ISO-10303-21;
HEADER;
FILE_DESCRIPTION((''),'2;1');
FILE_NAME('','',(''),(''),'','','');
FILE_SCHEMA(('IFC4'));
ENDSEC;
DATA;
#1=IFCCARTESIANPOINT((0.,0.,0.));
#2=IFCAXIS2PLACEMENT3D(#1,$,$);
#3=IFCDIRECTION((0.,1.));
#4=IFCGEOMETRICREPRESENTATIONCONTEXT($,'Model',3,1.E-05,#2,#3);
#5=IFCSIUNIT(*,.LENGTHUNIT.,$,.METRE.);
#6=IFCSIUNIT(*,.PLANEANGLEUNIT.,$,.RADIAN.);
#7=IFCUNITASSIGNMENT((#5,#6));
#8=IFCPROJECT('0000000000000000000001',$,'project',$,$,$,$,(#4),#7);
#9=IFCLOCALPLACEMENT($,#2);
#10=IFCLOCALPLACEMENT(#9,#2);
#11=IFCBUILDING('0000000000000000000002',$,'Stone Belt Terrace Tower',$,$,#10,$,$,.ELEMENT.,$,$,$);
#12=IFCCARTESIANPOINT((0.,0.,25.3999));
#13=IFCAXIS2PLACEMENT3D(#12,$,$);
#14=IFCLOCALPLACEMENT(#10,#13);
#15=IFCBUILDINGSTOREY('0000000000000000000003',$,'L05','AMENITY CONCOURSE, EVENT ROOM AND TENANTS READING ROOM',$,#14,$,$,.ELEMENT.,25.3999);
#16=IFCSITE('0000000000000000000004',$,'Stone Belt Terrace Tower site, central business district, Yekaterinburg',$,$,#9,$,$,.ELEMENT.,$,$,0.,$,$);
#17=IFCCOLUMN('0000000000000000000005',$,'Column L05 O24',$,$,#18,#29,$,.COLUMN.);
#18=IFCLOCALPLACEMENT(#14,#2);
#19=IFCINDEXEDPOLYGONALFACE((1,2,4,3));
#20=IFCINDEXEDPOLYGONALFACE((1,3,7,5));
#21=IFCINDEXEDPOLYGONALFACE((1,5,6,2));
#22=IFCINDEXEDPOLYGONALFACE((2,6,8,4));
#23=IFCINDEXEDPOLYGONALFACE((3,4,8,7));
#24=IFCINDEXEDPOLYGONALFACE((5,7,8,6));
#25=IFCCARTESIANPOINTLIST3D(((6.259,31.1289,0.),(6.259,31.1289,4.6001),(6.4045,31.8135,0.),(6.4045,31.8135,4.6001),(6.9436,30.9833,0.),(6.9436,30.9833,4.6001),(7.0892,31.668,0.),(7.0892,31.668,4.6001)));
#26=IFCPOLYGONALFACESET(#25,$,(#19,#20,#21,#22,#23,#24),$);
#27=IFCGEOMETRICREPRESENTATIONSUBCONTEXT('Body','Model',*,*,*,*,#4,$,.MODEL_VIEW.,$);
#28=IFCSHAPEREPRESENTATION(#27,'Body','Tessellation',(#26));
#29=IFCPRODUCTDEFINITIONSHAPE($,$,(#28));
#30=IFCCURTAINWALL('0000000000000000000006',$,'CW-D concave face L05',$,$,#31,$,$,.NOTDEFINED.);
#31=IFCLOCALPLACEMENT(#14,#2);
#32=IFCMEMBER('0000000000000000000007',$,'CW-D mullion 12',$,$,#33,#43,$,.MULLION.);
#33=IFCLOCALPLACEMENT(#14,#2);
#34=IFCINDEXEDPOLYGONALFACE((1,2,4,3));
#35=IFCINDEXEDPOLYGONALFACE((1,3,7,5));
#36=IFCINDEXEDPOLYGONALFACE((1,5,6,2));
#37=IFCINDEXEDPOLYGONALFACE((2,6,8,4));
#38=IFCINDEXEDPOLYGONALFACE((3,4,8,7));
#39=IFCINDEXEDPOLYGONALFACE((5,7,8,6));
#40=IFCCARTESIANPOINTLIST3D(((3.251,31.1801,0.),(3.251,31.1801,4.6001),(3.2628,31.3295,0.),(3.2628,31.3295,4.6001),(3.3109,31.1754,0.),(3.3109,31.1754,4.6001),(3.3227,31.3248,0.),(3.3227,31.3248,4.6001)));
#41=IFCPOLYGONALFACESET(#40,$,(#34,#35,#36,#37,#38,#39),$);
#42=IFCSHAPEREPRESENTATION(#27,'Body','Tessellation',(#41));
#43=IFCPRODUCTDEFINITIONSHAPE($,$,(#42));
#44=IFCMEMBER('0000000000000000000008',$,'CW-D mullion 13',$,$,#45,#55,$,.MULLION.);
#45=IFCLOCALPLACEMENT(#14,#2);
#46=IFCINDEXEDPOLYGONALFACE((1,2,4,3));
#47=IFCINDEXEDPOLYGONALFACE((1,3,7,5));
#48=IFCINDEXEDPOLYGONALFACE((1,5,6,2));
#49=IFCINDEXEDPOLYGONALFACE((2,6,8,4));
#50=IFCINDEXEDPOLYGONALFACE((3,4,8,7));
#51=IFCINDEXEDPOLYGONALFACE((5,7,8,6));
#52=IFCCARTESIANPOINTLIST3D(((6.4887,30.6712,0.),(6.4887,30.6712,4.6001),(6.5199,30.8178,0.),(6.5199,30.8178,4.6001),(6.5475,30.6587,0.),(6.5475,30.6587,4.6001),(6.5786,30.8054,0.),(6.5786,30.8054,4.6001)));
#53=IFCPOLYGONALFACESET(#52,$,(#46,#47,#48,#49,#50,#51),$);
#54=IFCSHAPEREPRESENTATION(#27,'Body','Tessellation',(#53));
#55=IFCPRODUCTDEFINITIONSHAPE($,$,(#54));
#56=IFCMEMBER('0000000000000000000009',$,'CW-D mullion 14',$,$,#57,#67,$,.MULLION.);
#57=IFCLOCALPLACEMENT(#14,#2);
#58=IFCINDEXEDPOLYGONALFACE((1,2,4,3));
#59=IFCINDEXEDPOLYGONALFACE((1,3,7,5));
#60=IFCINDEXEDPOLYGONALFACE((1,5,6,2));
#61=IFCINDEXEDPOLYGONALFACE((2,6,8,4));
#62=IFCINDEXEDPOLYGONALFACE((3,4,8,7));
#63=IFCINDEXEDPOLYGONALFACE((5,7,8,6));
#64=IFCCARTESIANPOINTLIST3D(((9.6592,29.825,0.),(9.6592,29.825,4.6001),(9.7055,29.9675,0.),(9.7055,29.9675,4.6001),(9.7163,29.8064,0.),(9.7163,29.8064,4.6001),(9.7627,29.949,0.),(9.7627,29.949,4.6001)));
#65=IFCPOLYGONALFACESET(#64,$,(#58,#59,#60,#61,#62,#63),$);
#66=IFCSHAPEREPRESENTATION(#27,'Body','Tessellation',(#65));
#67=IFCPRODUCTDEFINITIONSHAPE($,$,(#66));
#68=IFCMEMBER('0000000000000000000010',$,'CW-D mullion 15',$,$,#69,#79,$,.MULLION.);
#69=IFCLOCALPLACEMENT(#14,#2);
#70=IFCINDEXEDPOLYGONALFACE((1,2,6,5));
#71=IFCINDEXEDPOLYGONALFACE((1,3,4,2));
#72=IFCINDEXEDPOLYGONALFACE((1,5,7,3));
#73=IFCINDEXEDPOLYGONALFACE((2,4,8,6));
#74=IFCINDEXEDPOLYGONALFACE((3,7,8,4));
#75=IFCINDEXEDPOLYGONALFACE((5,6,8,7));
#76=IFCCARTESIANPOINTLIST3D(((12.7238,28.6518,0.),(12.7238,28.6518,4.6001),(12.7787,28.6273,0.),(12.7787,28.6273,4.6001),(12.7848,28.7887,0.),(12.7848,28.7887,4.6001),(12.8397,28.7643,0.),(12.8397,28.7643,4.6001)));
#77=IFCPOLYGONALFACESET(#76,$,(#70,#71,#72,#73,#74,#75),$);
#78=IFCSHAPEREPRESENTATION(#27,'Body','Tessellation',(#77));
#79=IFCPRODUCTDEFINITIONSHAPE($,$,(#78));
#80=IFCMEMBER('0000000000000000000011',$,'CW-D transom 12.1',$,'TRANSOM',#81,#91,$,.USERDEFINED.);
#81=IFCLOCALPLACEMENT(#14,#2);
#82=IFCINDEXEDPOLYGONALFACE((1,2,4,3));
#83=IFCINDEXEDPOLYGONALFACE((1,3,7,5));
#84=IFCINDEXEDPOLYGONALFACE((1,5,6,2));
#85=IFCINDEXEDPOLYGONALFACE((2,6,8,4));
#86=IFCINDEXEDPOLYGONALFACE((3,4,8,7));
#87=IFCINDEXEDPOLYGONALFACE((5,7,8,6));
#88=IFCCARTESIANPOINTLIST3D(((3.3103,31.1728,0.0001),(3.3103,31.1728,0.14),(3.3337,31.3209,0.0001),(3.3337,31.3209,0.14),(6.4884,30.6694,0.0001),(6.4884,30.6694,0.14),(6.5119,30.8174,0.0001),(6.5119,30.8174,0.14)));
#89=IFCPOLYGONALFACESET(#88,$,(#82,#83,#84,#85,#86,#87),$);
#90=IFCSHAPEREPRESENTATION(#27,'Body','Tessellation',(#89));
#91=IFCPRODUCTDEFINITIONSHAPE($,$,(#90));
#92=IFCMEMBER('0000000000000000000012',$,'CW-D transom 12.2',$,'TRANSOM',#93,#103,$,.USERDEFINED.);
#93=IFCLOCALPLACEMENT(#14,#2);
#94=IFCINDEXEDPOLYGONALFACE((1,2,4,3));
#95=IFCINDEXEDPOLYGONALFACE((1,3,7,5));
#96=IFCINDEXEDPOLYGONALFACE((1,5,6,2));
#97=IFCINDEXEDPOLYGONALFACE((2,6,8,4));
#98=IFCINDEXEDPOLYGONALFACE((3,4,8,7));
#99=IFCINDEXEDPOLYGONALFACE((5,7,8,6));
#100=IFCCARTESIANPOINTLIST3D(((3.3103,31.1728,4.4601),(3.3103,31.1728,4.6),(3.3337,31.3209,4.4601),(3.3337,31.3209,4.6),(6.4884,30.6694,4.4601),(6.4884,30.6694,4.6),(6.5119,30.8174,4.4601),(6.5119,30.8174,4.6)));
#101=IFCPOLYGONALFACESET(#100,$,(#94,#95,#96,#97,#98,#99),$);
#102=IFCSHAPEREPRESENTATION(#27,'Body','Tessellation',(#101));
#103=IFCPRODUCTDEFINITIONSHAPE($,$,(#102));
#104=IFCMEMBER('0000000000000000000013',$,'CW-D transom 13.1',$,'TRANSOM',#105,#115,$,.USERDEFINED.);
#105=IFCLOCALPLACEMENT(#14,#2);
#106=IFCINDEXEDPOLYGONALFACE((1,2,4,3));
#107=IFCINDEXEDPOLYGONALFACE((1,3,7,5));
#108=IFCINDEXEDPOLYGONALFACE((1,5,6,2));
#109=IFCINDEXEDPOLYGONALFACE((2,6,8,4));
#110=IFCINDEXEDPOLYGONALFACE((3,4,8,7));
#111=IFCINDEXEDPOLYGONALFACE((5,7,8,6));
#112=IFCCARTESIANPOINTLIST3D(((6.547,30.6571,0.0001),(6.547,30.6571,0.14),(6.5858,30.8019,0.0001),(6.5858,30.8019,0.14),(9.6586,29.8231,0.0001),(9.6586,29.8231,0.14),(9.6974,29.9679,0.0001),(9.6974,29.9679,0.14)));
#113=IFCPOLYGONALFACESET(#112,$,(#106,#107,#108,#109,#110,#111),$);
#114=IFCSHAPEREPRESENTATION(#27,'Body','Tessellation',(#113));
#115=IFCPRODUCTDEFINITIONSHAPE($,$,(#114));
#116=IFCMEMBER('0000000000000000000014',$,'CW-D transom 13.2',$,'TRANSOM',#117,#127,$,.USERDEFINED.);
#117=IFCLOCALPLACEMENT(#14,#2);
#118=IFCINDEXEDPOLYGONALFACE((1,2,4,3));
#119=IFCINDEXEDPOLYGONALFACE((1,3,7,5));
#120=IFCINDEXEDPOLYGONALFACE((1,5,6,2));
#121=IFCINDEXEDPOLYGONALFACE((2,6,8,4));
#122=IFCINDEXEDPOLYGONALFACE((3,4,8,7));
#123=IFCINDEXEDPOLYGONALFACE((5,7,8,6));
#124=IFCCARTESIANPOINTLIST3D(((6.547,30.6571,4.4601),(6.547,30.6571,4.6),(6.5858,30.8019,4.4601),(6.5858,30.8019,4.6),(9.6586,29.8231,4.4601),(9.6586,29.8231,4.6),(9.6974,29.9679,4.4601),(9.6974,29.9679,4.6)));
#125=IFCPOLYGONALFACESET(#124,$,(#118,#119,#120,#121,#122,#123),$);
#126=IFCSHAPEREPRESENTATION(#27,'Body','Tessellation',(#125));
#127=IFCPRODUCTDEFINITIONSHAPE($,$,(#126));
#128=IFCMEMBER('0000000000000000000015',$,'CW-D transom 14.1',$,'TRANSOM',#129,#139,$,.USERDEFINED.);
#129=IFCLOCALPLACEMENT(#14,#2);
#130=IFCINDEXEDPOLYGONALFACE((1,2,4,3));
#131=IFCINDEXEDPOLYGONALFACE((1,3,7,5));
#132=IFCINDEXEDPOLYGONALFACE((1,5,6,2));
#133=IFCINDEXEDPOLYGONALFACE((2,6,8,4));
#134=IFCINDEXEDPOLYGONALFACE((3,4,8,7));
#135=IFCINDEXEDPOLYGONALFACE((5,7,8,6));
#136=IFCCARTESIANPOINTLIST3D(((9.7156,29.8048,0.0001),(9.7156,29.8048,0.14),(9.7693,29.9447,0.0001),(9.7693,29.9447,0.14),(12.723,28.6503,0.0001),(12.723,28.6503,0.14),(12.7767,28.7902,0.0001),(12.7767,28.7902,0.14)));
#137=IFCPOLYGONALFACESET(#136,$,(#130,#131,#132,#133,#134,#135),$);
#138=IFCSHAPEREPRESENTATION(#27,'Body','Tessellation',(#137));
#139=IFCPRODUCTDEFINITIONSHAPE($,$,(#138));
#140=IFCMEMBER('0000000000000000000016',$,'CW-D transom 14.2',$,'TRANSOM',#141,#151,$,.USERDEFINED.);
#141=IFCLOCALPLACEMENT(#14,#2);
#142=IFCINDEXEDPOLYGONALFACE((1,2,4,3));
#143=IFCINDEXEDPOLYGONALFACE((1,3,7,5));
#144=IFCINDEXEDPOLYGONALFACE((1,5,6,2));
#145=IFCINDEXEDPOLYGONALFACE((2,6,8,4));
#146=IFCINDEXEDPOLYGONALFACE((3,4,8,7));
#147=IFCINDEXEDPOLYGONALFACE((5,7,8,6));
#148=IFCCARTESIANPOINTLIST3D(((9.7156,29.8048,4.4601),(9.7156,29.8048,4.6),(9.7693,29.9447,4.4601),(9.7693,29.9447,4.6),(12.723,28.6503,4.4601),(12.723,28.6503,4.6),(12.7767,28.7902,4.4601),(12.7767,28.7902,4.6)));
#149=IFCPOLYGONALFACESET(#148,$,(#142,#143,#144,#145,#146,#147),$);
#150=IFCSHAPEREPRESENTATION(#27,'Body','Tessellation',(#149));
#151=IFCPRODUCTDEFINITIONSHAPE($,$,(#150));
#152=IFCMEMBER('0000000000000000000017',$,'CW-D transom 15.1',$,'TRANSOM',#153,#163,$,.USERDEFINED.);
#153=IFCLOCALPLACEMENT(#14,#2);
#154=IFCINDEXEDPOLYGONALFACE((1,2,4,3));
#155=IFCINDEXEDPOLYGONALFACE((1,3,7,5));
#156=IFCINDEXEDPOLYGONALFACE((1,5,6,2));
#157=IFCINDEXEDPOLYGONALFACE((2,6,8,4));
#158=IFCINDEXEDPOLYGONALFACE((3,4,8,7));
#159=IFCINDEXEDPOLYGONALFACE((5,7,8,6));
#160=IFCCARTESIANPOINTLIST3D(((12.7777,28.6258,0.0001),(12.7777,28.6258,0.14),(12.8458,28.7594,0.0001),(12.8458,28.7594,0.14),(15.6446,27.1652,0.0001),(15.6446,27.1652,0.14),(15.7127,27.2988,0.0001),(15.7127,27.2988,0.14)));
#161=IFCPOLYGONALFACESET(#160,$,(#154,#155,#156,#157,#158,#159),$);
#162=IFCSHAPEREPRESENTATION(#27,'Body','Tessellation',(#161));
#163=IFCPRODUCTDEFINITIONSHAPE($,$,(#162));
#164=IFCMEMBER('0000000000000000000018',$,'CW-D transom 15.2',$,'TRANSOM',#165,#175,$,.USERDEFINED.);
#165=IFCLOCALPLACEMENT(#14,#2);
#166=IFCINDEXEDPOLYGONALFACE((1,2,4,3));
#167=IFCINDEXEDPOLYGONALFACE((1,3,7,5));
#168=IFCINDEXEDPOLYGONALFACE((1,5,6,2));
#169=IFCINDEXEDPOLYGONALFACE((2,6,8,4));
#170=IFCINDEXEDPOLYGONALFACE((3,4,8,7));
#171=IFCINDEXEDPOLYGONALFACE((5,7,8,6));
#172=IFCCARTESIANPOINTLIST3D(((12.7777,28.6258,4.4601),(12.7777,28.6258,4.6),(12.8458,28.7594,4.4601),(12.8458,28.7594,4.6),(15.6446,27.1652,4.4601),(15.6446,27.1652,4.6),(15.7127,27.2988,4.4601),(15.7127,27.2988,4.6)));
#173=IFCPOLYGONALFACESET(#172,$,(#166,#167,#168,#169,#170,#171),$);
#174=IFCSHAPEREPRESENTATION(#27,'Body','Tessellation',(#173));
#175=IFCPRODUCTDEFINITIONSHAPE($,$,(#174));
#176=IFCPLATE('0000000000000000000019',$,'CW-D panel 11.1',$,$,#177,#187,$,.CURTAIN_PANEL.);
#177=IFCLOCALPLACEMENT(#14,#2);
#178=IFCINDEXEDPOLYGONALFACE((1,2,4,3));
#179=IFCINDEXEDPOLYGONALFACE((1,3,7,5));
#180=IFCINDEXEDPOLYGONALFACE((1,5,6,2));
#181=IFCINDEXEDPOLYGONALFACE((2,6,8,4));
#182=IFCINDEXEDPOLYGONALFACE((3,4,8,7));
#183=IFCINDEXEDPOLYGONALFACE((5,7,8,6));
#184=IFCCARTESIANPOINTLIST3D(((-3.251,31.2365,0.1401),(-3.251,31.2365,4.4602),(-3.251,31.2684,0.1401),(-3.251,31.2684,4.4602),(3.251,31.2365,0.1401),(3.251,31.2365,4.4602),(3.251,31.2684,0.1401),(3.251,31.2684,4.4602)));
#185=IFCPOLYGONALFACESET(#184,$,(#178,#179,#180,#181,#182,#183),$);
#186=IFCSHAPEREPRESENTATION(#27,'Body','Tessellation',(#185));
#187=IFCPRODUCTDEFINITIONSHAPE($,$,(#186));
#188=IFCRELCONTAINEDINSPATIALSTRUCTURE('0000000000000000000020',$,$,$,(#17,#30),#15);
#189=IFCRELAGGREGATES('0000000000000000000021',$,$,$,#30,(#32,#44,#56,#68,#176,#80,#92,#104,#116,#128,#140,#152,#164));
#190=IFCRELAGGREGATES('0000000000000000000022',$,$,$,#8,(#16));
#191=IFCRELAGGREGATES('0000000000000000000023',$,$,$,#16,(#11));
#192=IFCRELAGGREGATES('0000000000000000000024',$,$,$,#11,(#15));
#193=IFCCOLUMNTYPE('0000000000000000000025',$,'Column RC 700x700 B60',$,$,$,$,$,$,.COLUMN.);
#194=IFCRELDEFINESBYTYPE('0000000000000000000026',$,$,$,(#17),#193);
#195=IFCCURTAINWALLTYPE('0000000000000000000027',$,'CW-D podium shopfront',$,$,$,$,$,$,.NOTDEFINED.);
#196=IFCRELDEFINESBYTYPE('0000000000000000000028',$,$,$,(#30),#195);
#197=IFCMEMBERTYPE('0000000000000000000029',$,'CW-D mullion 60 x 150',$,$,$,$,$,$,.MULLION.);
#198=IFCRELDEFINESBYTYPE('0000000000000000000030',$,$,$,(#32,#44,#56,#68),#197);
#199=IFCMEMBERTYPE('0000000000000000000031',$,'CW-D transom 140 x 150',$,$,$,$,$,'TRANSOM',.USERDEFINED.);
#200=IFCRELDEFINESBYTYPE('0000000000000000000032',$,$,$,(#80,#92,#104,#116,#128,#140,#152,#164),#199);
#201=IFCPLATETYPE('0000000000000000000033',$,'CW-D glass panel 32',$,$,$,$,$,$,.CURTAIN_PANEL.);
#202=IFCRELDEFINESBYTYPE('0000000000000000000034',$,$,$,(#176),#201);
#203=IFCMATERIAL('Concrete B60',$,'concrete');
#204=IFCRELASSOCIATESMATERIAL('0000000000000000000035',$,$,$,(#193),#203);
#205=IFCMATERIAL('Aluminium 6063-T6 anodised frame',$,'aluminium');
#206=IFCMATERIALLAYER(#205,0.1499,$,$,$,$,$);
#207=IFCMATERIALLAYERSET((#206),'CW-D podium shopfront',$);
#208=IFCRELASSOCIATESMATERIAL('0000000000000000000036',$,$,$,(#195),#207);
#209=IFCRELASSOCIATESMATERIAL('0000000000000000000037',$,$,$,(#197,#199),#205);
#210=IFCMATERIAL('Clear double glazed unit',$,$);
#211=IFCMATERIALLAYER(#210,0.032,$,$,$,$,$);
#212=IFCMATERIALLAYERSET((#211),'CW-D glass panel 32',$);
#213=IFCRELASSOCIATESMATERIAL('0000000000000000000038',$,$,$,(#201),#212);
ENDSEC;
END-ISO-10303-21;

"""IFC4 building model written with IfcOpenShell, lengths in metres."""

from ifc_helpers import new_model, si_unit, direction, frame, origin, origin_2d, place, context, subcontext, project, spatial, rectangle, extrude, material, layer, layer_set, material_profile, profile_set, type_object, element, aggregate, save


model = new_model("IFC4")

# Units and contexts
model_context = context("Model", 3, precision=1e-05, world=origin(), true_north=direction((0.0, 1.0)))
body_context = subcontext(model_context, "Body", "Model", "MODEL_VIEW")
ifc_project = project(units=[si_unit("LENGTHUNIT", "METRE"), si_unit("PLANEANGLEUNIT", "RADIAN")], contexts=[model_context])

# Site, building, storey
site_placement = place(None, origin())
site = spatial("IfcSite", under=ifc_project, at=site_placement, Name="Stone Belt Terrace Tower site, central business district, Yekaterinburg", CompositionType="ELEMENT", RefElevation=0.0)
building_placement = place(site_placement, origin())
building = spatial("IfcBuilding", under=site, at=building_placement, Name="Stone Belt Terrace Tower", CompositionType="ELEMENT")
storey_placement = place(building_placement, frame((0.0, 0.0, 25.3999)))
storey = spatial("IfcBuildingStorey", under=building, at=storey_placement, Name="L05", Description="AMENITY CONCOURSE, EVENT ROOM AND TENANTS READING ROOM", CompositionType="ELEMENT", Elevation=25.3999)

# Column
ifc_material_1 = material(Name="Concrete B60", Category="concrete")
ifc_material_profile_1 = material_profile(ifc_material_1, rectangle(XDim=0.7, YDim=0.7, at=origin_2d()), Name="RC 700x700")
ifc_profile_set_1 = profile_set([ifc_material_profile_1], Name="Concrete B60")
column_type = type_object("IfcColumnType", Name="Column RC 700x700 B60", PredefinedType="COLUMN", material=ifc_profile_set_1)
column_placement = place(storey_placement, frame((6.6741, 31.3984, 0.0), z_axis=(0.0, 0.0, 1.0), x_axis=(0.978148, -0.207912, 0.0)))
element("IfcColumn", 1, at=column_placement, inside=storey, type_object=column_type, Name="Column L05 O24", PredefinedType="COLUMN", context=body_context, shape_type="SweptSolid", body=[
    extrude(rectangle(XDim=0.7, YDim=0.7, at=origin_2d()), origin(), (0.0, 0.0, 1.0), 4.6001),
])

# Curtain wall, members, plate
ifc_material_2 = material(Name="Aluminium 6063-T6 anodised frame", Category="aluminium")
ifc_layer_1 = layer(ifc_material_2, 0.1499)
ifc_layer_set_1 = layer_set([ifc_layer_1], Name="CW-D podium shopfront")
curtain_wall_type = type_object("IfcCurtainWallType", Name="CW-D podium shopfront", PredefinedType="NOTDEFINED", material=ifc_layer_set_1)
curtain_wall_placement = place(storey_placement, origin())
curtain_wall = element("IfcCurtainWall", 2, at=curtain_wall_placement, inside=storey, type_object=curtain_wall_type, Name="CW-D concave face L05", PredefinedType="NOTDEFINED")
ifc_material_profile_2 = material_profile(ifc_material_2, rectangle(XDim=0.1499, YDim=0.0601, at=origin_2d()), Name="Aluminium 6063-T6 60x150")
ifc_profile_set_2 = profile_set([ifc_material_profile_2], Name="Aluminium 6063-T6 anodised frame")
member_type_1 = type_object("IfcMemberType", Name="CW-D mullion 60 x 150", PredefinedType="MULLION", material=ifc_profile_set_2)
member_1_placement = place(storey_placement, frame((3.2869, 31.2524, 0.0), z_axis=(0.0, 0.0, 1.0), x_axis=(0.078459, 0.996917, 0.0)))
member_1 = element("IfcMember", 3, at=member_1_placement, type_object=member_type_1, Name="CW-D mullion 12", PredefinedType="MULLION", context=body_context, shape_type="SweptSolid", body=[
    extrude(rectangle(XDim=0.1499, YDim=0.0601, at=origin_2d()), origin(), (0.0, 0.0, 1.0), 4.6001),
])
member_2_placement = place(storey_placement, frame((6.5337, 30.7383, 0.0), z_axis=(0.0, 0.0, 1.0), x_axis=(0.207912, 0.978148, 0.0)))
member_2 = element("IfcMember", 4, at=member_2_placement, type_object=member_type_1, Name="CW-D mullion 13", PredefinedType="MULLION", context=body_context, shape_type="SweptSolid", body=[
    extrude(rectangle(XDim=0.1499, YDim=0.0601, at=origin_2d()), origin(), (0.0, 0.0, 1.0), 4.6001),
])
member_3_placement = place(storey_placement, frame((9.7109, 29.887, 0.0), z_axis=(0.0, 0.0, 1.0), x_axis=(0.309017, 0.951057, 0.0)))
member_3 = element("IfcMember", 5, at=member_3_placement, type_object=member_type_1, Name="CW-D mullion 14", PredefinedType="MULLION", context=body_context, shape_type="SweptSolid", body=[
    extrude(rectangle(XDim=0.1499, YDim=0.0601, at=origin_2d()), origin(), (0.0, 0.0, 1.0), 4.6001),
])
member_4_placement = place(storey_placement, frame((12.7817, 28.708, 0.0), z_axis=(0.0, 0.0, 1.0), x_axis=(0.406737, 0.913545, 0.0)))
member_4 = element("IfcMember", 6, at=member_4_placement, type_object=member_type_1, Name="CW-D mullion 15", PredefinedType="MULLION", context=body_context, shape_type="SweptSolid", body=[
    extrude(rectangle(XDim=0.1499, YDim=0.0601, at=origin_2d()), origin(), (0.0, 0.0, 1.0), 4.6001),
])
ifc_material_profile_3 = material_profile(ifc_material_2, rectangle(XDim=0.1499, YDim=0.1399, at=origin_2d()), Name="Aluminium 6063-T6 150x140")
ifc_profile_set_3 = profile_set([ifc_material_profile_3], Name="Aluminium 6063-T6 anodised frame")
member_type_2 = type_object("IfcMemberType", Name="CW-D transom 140 x 150", ElementType="TRANSOM", PredefinedType="USERDEFINED", material=ifc_profile_set_3)
member_5_placement = place(storey_placement, frame((3.322, 31.2468, 0.0701), z_axis=(0.987687, -0.156446, 0.0), x_axis=(0.156446, 0.987687, 0.0)))
member_5 = element("IfcMember", 7, at=member_5_placement, type_object=member_type_2, Name="CW-D transom 12.1", ObjectType="TRANSOM", PredefinedType="USERDEFINED", context=body_context, shape_type="SweptSolid", body=[
    extrude(rectangle(XDim=0.1499, YDim=0.1399, at=origin_2d()), origin(), (0.0, 0.0, 1.0), 3.2178),
])
member_6_placement = place(storey_placement, frame((3.322, 31.2468, 4.53), z_axis=(0.987687, -0.156446, 0.0), x_axis=(0.156446, 0.987687, 0.0)))
member_6 = element("IfcMember", 8, at=member_6_placement, type_object=member_type_2, Name="CW-D transom 12.2", ObjectType="TRANSOM", PredefinedType="USERDEFINED", context=body_context, shape_type="SweptSolid", body=[
    extrude(rectangle(XDim=0.1499, YDim=0.1399, at=origin_2d()), origin(), (0.0, 0.0, 1.0), 3.2178),
])
member_7_placement = place(storey_placement, frame((6.5664, 30.7295, 0.0701), z_axis=(0.965907, -0.258889, 0.0), x_axis=(0.258889, 0.965907, 0.0)))
member_7 = element("IfcMember", 9, at=member_7_placement, type_object=member_type_2, Name="CW-D transom 13.1", ObjectType="TRANSOM", PredefinedType="USERDEFINED", context=body_context, shape_type="SweptSolid", body=[
    extrude(rectangle(XDim=0.1499, YDim=0.1399, at=origin_2d()), origin(), (0.0, 0.0, 1.0), 3.2214),
])
member_8_placement = place(storey_placement, frame((6.5664, 30.7295, 4.53), z_axis=(0.965907, -0.258889, 0.0), x_axis=(0.258889, 0.965907, 0.0)))
member_8 = element("IfcMember", 10, at=member_8_placement, type_object=member_type_2, Name="CW-D transom 13.2", ObjectType="TRANSOM", PredefinedType="USERDEFINED", context=body_context, shape_type="SweptSolid", body=[
    extrude(rectangle(XDim=0.1499, YDim=0.1399, at=origin_2d()), origin(), (0.0, 0.0, 1.0), 3.2214),
])
member_9_placement = place(storey_placement, frame((9.7424, 29.8748, 0.0701), z_axis=(0.933576, -0.35838, 0.0), x_axis=(0.35838, 0.933576, 0.0)))
member_9 = element("IfcMember", 11, at=member_9_placement, type_object=member_type_2, Name="CW-D transom 14.1", ObjectType="TRANSOM", PredefinedType="USERDEFINED", context=body_context, shape_type="SweptSolid", body=[
    extrude(rectangle(XDim=0.1499, YDim=0.1399, at=origin_2d()), origin(), (0.0, 0.0, 1.0), 3.2214),
])
member_10_placement = place(storey_placement, frame((9.7424, 29.8748, 4.53), z_axis=(0.933576, -0.35838, 0.0), x_axis=(0.35838, 0.933576, 0.0)))
member_10 = element("IfcMember", 12, at=member_10_placement, type_object=member_type_2, Name="CW-D transom 14.2", ObjectType="TRANSOM", PredefinedType="USERDEFINED", context=body_context, shape_type="SweptSolid", body=[
    extrude(rectangle(XDim=0.1499, YDim=0.1399, at=origin_2d()), origin(), (0.0, 0.0, 1.0), 3.2214),
])
member_11_placement = place(storey_placement, frame((12.8118, 28.6926, 0.0701), z_axis=(0.891017, -0.453969, 0.0), x_axis=(0.453969, 0.891017, 0.0)))
member_11 = element("IfcMember", 13, at=member_11_placement, type_object=member_type_2, Name="CW-D transom 15.1", ObjectType="TRANSOM", PredefinedType="USERDEFINED", context=body_context, shape_type="SweptSolid", body=[
    extrude(rectangle(XDim=0.1499, YDim=0.1399, at=origin_2d()), origin(), (0.0, 0.0, 1.0), 3.2175),
])
member_12_placement = place(storey_placement, frame((12.8118, 28.6926, 4.53), z_axis=(0.891017, -0.453969, 0.0), x_axis=(0.453969, 0.891017, 0.0)))
member_12 = element("IfcMember", 14, at=member_12_placement, type_object=member_type_2, Name="CW-D transom 15.2", ObjectType="TRANSOM", PredefinedType="USERDEFINED", context=body_context, shape_type="SweptSolid", body=[
    extrude(rectangle(XDim=0.1499, YDim=0.1399, at=origin_2d()), origin(), (0.0, 0.0, 1.0), 3.2175),
])
ifc_material_3 = material(Name="Clear double glazed unit")
ifc_layer_2 = layer(ifc_material_3, 0.032)
ifc_layer_set_2 = layer_set([ifc_layer_2], Name="CW-D glass panel 32")
plate_type = type_object("IfcPlateType", Name="CW-D glass panel 32", PredefinedType="CURTAIN_PANEL", material=ifc_layer_set_2)
plate_1_placement = place(storey_placement, frame((0.0, 31.2524, 0.1401), z_axis=(0.0, 0.0, 1.0), x_axis=(1.0, 0.0, 0.0)))
plate_1 = element("IfcPlate", 15, at=plate_1_placement, type_object=plate_type, Name="CW-D panel 11.1", PredefinedType="CURTAIN_PANEL", context=body_context, shape_type="SweptSolid", body=[
    extrude(rectangle(XDim=6.502, YDim=0.032, at=origin_2d()), origin(), (0.0, 0.0, 1.0), 4.3201),
])
aggregate(curtain_wall, [member_1, member_2, member_3, member_4, plate_1, member_5, member_6, member_7, member_8, member_9, member_10, member_11, member_12])

save(model, "model.ifc")
